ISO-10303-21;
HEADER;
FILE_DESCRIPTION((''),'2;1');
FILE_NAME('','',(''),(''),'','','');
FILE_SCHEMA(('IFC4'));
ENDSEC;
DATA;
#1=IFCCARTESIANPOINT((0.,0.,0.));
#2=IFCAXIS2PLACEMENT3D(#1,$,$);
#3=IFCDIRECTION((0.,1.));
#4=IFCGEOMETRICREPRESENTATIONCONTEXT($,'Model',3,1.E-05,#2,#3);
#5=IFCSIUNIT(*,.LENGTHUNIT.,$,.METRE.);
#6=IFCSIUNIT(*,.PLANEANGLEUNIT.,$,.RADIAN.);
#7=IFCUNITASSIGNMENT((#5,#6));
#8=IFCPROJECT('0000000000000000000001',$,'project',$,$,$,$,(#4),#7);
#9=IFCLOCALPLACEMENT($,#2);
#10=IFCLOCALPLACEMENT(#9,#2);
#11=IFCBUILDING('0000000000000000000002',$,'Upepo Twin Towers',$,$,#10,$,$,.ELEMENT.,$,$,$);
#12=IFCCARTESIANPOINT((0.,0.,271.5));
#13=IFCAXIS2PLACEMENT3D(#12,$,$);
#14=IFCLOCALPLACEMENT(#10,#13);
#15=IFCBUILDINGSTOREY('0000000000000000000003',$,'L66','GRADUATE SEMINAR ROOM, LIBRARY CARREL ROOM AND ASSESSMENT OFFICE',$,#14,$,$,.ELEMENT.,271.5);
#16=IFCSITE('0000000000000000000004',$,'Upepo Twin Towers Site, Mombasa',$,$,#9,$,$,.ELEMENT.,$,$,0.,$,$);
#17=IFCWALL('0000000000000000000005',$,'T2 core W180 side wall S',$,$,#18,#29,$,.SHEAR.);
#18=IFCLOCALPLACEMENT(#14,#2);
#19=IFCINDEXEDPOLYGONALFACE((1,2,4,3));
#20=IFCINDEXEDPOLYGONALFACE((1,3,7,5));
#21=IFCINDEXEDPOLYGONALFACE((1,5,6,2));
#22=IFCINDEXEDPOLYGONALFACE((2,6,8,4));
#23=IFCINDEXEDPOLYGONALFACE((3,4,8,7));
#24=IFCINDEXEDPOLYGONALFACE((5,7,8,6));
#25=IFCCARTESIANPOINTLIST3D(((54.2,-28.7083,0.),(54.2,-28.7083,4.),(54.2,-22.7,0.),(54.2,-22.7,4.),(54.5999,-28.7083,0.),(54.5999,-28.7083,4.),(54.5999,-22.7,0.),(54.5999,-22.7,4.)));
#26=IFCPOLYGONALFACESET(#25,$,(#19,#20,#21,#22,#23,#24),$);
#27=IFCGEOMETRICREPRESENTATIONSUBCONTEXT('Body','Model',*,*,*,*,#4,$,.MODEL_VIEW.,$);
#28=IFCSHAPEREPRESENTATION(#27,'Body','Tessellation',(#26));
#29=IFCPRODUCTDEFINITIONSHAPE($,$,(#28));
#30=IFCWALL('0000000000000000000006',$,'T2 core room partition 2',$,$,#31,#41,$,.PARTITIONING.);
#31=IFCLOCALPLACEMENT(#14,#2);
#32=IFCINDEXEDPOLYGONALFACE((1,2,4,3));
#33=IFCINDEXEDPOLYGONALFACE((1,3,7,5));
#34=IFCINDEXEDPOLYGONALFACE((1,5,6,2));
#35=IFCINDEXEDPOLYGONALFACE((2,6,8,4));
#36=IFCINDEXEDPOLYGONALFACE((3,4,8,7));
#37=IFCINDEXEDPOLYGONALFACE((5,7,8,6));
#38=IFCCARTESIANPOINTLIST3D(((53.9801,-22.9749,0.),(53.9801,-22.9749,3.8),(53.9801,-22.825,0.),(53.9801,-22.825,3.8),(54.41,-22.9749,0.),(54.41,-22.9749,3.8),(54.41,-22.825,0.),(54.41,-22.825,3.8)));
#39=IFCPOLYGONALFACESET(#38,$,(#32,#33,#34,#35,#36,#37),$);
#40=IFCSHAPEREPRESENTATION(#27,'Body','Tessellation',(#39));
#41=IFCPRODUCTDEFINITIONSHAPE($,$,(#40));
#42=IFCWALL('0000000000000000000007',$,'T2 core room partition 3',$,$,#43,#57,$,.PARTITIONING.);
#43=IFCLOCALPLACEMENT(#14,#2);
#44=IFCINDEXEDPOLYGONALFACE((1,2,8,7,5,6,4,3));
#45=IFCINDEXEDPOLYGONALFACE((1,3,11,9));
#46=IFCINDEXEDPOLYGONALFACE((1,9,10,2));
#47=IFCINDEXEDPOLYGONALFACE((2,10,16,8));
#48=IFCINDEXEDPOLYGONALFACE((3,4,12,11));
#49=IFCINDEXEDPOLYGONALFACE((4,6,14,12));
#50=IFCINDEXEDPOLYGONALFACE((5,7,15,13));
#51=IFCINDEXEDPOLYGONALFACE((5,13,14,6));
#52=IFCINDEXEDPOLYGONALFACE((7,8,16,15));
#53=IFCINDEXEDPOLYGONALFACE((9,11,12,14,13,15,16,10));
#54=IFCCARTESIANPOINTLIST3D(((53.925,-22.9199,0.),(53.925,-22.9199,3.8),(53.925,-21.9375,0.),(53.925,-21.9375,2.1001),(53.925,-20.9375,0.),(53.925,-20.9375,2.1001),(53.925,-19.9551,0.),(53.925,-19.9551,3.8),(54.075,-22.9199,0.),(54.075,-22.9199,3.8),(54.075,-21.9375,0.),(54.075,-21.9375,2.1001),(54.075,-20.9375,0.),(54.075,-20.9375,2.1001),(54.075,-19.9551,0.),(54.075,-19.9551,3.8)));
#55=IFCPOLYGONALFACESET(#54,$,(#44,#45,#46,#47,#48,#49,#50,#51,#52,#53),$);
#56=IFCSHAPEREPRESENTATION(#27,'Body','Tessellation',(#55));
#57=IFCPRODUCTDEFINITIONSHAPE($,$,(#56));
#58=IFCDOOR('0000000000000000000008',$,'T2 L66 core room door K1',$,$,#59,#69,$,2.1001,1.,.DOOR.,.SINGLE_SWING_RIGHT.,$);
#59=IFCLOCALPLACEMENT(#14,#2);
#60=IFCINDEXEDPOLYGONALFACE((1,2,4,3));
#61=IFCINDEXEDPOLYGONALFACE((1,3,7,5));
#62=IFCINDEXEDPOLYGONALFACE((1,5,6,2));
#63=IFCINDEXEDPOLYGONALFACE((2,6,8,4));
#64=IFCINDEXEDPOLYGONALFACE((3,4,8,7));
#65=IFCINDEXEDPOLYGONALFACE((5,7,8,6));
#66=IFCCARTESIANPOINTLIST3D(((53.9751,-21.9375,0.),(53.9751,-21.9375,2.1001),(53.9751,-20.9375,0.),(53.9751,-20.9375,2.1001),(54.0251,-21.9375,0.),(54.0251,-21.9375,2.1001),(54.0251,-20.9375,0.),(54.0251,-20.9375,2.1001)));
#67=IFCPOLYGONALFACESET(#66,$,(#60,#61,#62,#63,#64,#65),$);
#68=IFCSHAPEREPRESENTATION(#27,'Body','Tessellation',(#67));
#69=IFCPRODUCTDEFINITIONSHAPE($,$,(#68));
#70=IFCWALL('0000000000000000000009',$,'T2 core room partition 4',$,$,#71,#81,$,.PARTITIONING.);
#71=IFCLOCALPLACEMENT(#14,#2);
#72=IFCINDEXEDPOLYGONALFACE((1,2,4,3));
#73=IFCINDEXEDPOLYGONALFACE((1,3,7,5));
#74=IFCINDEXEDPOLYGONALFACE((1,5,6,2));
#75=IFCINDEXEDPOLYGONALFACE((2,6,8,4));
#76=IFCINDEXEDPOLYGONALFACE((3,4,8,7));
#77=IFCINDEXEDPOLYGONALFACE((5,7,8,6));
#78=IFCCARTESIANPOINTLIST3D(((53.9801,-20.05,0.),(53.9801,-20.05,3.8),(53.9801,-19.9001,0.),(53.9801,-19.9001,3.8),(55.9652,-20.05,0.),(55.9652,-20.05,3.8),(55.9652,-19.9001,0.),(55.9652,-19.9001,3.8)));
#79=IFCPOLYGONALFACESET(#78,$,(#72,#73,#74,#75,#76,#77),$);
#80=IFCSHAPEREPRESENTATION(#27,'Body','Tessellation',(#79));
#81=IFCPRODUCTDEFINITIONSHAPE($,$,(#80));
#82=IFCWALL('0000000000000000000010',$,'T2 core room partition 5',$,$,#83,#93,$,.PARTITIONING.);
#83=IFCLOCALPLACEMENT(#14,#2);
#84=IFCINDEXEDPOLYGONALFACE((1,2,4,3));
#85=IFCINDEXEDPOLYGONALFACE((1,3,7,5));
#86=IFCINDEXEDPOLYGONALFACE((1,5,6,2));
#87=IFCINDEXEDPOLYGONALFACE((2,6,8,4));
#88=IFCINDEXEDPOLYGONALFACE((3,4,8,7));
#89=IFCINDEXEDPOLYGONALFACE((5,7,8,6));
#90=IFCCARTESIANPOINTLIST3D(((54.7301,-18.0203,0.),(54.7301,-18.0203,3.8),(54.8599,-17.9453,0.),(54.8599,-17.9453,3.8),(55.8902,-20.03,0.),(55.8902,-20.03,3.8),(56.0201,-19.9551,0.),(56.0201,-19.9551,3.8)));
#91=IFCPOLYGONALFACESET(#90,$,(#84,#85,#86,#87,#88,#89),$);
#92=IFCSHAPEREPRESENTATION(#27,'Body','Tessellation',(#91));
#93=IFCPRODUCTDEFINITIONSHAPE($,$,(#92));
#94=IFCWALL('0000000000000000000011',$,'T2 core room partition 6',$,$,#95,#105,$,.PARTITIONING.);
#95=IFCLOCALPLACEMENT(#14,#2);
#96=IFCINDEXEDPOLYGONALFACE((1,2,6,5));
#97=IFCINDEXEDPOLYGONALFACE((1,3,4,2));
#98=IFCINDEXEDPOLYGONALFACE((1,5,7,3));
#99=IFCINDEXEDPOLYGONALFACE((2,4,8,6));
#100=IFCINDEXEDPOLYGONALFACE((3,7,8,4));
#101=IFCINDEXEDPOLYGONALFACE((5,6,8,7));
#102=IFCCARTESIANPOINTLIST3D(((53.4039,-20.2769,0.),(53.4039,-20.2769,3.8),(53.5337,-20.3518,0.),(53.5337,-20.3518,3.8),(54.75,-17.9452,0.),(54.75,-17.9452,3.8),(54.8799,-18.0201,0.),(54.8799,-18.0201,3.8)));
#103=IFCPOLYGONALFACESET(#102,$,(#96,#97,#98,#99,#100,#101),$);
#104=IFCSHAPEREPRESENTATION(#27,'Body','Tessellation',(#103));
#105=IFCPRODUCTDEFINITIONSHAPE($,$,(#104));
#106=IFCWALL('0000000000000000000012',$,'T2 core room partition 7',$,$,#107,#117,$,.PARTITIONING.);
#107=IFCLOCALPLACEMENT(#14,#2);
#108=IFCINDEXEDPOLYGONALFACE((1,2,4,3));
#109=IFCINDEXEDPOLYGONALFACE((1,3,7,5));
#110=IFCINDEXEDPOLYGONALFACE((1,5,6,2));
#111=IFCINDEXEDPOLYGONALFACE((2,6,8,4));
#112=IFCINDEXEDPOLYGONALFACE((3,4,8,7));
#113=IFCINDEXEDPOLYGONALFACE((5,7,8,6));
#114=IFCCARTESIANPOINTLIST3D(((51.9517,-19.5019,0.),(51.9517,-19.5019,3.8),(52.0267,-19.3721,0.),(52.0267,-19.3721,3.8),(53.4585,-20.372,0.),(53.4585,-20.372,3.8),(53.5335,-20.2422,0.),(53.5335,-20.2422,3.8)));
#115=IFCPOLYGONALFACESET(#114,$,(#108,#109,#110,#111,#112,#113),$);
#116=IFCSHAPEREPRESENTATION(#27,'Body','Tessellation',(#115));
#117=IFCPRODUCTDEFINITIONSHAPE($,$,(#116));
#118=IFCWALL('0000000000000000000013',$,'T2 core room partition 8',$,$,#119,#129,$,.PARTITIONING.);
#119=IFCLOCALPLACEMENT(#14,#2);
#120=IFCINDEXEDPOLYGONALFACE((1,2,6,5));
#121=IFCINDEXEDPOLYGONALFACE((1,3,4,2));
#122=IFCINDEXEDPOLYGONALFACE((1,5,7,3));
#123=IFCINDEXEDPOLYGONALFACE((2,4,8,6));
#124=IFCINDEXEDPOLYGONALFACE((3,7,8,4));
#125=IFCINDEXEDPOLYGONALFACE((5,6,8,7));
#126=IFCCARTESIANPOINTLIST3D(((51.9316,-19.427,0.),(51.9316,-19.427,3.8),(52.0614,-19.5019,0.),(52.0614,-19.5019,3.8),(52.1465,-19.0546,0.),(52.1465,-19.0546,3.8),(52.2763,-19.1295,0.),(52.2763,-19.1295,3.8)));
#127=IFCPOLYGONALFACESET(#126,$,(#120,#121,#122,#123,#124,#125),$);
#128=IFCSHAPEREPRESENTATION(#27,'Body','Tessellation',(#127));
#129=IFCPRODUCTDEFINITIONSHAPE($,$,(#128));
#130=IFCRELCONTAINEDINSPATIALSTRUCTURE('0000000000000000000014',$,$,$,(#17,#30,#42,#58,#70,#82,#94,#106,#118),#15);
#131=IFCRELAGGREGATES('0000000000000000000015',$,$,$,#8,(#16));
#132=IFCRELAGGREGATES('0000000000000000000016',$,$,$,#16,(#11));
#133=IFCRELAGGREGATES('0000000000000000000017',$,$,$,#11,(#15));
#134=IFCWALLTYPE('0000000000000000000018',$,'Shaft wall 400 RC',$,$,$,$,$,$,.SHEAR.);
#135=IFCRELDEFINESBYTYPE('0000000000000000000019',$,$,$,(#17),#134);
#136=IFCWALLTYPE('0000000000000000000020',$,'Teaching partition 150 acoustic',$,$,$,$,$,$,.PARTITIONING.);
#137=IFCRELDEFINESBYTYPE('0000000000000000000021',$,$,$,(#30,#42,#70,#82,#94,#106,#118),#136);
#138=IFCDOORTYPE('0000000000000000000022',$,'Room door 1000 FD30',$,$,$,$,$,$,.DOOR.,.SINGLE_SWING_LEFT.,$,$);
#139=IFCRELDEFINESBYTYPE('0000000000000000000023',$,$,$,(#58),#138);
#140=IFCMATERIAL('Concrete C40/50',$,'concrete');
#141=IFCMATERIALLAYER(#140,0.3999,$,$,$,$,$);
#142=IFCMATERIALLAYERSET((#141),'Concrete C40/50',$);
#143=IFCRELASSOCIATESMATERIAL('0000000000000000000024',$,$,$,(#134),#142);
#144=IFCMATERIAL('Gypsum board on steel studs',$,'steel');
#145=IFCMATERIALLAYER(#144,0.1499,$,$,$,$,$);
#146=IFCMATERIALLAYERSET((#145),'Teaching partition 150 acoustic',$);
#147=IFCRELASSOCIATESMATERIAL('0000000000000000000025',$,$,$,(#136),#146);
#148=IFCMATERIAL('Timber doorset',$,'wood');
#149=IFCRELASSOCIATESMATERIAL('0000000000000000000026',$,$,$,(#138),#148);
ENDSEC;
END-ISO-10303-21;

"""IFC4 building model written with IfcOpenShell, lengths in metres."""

from ifc_helpers import new_model, si_unit, direction, frame, frame_2d, origin, place, context, subcontext, project, spatial, rectangle, extrude, material, layer, layer_set, type_object, element, fill, save


model = new_model("IFC4")

# Units and contexts
model_context = context("Model", 3, precision=1e-05, world=origin(), true_north=direction((0.0, 1.0)))
body_context = subcontext(model_context, "Body", "Model", "MODEL_VIEW")
ifc_project = project(units=[si_unit("LENGTHUNIT", "METRE"), si_unit("PLANEANGLEUNIT", "RADIAN")], contexts=[model_context])

# Site, building, storey
site_placement = place(None, origin())
site = spatial("IfcSite", under=ifc_project, at=site_placement, Name="Upepo Twin Towers Site, Mombasa", CompositionType="ELEMENT", RefElevation=0.0)
building_placement = place(site_placement, origin())
building = spatial("IfcBuilding", under=site, at=building_placement, Name="Upepo Twin Towers", CompositionType="ELEMENT")
storey_placement = place(building_placement, frame((0.0, 0.0, 271.5)))
storey = spatial("IfcBuildingStorey", under=building, at=storey_placement, Name="L66", Description="GRADUATE SEMINAR ROOM, LIBRARY CARREL ROOM AND ASSESSMENT OFFICE", CompositionType="ELEMENT", Elevation=271.5)

# Walls
ifc_material_1 = material(Name="Concrete C40/50", Category="concrete")
ifc_layer_1 = layer(ifc_material_1, 0.3999)
ifc_layer_set_1 = layer_set([ifc_layer_1], Name="Concrete C40/50")
wall_type_1 = type_object("IfcWallType", Name="Shaft wall 400 RC", PredefinedType="SHEAR", material=ifc_layer_set_1)
for number, where, z_axis, x_axis, name in (
    (1, (54.3999, -22.7, 0.0), (0.0, 0.0, 1.0), (0.0, -1.0, 0.0), "T2 core W180 side wall S"),
):
    element("IfcWall", number, at=place(storey_placement, frame(where, z_axis=z_axis, x_axis=x_axis)), inside=storey, type_object=wall_type_1, Name=name, PredefinedType="SHEAR", context=body_context, shape_type="SweptSolid", body=[
        extrude(rectangle(XDim=6.0083, YDim=0.3999, at=frame_2d((3.0042, 0.0))), origin(), (0.0, 0.0, 1.0), 4.0),
    ])
ifc_material_2 = material(Name="Gypsum board on steel studs", Category="steel")
ifc_layer_2 = layer(ifc_material_2, 0.1499)
ifc_layer_set_2 = layer_set([ifc_layer_2], Name="Teaching partition 150 acoustic")
wall_type_2 = type_object("IfcWallType", Name="Teaching partition 150 acoustic", PredefinedType="PARTITIONING", material=ifc_layer_set_2)
wall_1_placement = place(storey_placement, frame((54.4099, -22.8999, 0.0), z_axis=(0.0, 0.0, 1.0), x_axis=(-1.0, 0.0, 0.0)))
element("IfcWall", 2, at=wall_1_placement, inside=storey, type_object=wall_type_2, Name="T2 core room partition 2", PredefinedType="PARTITIONING", context=body_context, shape_type="SweptSolid", body=[
    extrude(rectangle(XDim=0.4299, YDim=0.1499, at=frame_2d((0.2148, 0.0))), origin(), (0.0, 0.0, 1.0), 3.8),
])

# Wall, opening, door
wall_2_placement = place(storey_placement, frame((54.0, -22.9199, 0.0), z_axis=(0.0, 0.0, 1.0), x_axis=(0.0, 1.0, 0.0)))
wall_2 = element("IfcWall", 3, at=wall_2_placement, inside=storey, type_object=wall_type_2, Name="T2 core room partition 3", PredefinedType="PARTITIONING", context=body_context, shape_type="SweptSolid", body=[
    extrude(rectangle(XDim=2.9648, YDim=0.1499, at=frame_2d((1.4824, 0.0))), origin(), (0.0, 0.0, 1.0), 3.8),
])
opening_1_placement = place(wall_2_placement, frame((0.9824, 0.0, 0.0)))
opening_1 = element("IfcOpeningElement", 4, at=opening_1_placement, cuts=wall_2, PredefinedType="OPENING", context=body_context, shape_type="SweptSolid", body=[
    extrude(rectangle(XDim=1.0, YDim=2.1001, at=frame_2d((0.5, 1.05))), frame((0.0, 0.085, 0.0), z_axis=(0.0, -1.0, 0.0), x_axis=(1.0, 0.0, 0.0)), (0.0, 0.0, 1.0), 0.1699),
])
ifc_material_3 = material(Name="Timber doorset", Category="wood")
door_type_1 = type_object("IfcDoorType", Name="Room door 1000 FD30", OperationType="SINGLE_SWING_LEFT", PredefinedType="DOOR", material=ifc_material_3)
door_1_placement = place(opening_1_placement, origin())
door_1 = element("IfcDoor", 5, at=door_1_placement, inside=storey, type_object=door_type_1, Name="T2 L66 core room door K1", OperationType="SINGLE_SWING_RIGHT", OverallHeight=2.1001, OverallWidth=1.0, PredefinedType="DOOR", context=body_context, shape_type="SweptSolid", body=[
    extrude(rectangle(XDim=1.0, YDim=2.1001, at=frame_2d((0.5, 1.05))), frame((0.0, 0.0249, 0.0), z_axis=(0.0, -1.0, 0.0), x_axis=(1.0, 0.0, 0.0)), (0.0, 0.0, 1.0), 0.05),
])
fill(opening_1, door_1)

# Walls
wall_3_placement = place(storey_placement, frame((53.98, -19.9751, 0.0), z_axis=(0.0, 0.0, 1.0), x_axis=(1.0, 0.0, 0.0)))
element("IfcWall", 6, at=wall_3_placement, inside=storey, type_object=wall_type_2, Name="T2 core room partition 4", PredefinedType="PARTITIONING", context=body_context, shape_type="SweptSolid", body=[
    extrude(rectangle(XDim=1.9851, YDim=0.1499, at=frame_2d((0.9927, 0.0))), origin(), (0.0, 0.0, 1.0), 3.8),
])
wall_4_placement = place(storey_placement, frame((55.9551, -19.9924, 0.0), z_axis=(0.0, 0.0, 1.0), x_axis=(-0.499941, 0.866059, 0.0)))
element("IfcWall", 7, at=wall_4_placement, inside=storey, type_object=wall_type_2, Name="T2 core room partition 5", PredefinedType="PARTITIONING", context=body_context, shape_type="SweptSolid", body=[
    extrude(rectangle(XDim=2.3206, YDim=0.1499, at=frame_2d((1.1602, 0.0))), origin(), (0.0, 0.0, 1.0), 3.8),
])
wall_5_placement = place(storey_placement, frame((54.8149, -17.9827, 0.0), z_axis=(0.0, 0.0, 1.0), x_axis=(-0.499981, -0.866036, 0.0)))
element("IfcWall", 8, at=wall_5_placement, inside=storey, type_object=wall_type_2, Name="T2 core room partition 6", PredefinedType="PARTITIONING", context=body_context, shape_type="SweptSolid", body=[
    extrude(rectangle(XDim=2.6924, YDim=0.1499, at=frame_2d((1.3462, 0.0))), origin(), (0.0, 0.0, 1.0), 3.8),
])
wall_6_placement = place(storey_placement, frame((53.4961, -20.3071, 0.0), z_axis=(0.0, 0.0, 1.0), x_axis=(-0.865989, 0.500063, 0.0)))
element("IfcWall", 9, at=wall_6_placement, inside=storey, type_object=wall_type_2, Name="T2 core room partition 7", PredefinedType="PARTITIONING", context=body_context, shape_type="SweptSolid", body=[
    extrude(rectangle(XDim=1.74, YDim=0.1499, at=frame_2d((0.8701, 0.0))), origin(), (0.0, 0.0, 1.0), 3.8),
])
wall_7_placement = place(storey_placement, frame((51.9966, -19.4644, 0.0), z_axis=(0.0, 0.0, 1.0), x_axis=(0.499804, 0.866138, 0.0)))
element("IfcWall", 10, at=wall_7_placement, inside=storey, type_object=wall_type_2, Name="T2 core room partition 8", PredefinedType="PARTITIONING", context=body_context, shape_type="SweptSolid", body=[
    extrude(rectangle(XDim=0.4299, YDim=0.1499, at=frame_2d((0.2148, 0.0))), origin(), (0.0, 0.0, 1.0), 3.8),
])

save(model, "model.ifc")
